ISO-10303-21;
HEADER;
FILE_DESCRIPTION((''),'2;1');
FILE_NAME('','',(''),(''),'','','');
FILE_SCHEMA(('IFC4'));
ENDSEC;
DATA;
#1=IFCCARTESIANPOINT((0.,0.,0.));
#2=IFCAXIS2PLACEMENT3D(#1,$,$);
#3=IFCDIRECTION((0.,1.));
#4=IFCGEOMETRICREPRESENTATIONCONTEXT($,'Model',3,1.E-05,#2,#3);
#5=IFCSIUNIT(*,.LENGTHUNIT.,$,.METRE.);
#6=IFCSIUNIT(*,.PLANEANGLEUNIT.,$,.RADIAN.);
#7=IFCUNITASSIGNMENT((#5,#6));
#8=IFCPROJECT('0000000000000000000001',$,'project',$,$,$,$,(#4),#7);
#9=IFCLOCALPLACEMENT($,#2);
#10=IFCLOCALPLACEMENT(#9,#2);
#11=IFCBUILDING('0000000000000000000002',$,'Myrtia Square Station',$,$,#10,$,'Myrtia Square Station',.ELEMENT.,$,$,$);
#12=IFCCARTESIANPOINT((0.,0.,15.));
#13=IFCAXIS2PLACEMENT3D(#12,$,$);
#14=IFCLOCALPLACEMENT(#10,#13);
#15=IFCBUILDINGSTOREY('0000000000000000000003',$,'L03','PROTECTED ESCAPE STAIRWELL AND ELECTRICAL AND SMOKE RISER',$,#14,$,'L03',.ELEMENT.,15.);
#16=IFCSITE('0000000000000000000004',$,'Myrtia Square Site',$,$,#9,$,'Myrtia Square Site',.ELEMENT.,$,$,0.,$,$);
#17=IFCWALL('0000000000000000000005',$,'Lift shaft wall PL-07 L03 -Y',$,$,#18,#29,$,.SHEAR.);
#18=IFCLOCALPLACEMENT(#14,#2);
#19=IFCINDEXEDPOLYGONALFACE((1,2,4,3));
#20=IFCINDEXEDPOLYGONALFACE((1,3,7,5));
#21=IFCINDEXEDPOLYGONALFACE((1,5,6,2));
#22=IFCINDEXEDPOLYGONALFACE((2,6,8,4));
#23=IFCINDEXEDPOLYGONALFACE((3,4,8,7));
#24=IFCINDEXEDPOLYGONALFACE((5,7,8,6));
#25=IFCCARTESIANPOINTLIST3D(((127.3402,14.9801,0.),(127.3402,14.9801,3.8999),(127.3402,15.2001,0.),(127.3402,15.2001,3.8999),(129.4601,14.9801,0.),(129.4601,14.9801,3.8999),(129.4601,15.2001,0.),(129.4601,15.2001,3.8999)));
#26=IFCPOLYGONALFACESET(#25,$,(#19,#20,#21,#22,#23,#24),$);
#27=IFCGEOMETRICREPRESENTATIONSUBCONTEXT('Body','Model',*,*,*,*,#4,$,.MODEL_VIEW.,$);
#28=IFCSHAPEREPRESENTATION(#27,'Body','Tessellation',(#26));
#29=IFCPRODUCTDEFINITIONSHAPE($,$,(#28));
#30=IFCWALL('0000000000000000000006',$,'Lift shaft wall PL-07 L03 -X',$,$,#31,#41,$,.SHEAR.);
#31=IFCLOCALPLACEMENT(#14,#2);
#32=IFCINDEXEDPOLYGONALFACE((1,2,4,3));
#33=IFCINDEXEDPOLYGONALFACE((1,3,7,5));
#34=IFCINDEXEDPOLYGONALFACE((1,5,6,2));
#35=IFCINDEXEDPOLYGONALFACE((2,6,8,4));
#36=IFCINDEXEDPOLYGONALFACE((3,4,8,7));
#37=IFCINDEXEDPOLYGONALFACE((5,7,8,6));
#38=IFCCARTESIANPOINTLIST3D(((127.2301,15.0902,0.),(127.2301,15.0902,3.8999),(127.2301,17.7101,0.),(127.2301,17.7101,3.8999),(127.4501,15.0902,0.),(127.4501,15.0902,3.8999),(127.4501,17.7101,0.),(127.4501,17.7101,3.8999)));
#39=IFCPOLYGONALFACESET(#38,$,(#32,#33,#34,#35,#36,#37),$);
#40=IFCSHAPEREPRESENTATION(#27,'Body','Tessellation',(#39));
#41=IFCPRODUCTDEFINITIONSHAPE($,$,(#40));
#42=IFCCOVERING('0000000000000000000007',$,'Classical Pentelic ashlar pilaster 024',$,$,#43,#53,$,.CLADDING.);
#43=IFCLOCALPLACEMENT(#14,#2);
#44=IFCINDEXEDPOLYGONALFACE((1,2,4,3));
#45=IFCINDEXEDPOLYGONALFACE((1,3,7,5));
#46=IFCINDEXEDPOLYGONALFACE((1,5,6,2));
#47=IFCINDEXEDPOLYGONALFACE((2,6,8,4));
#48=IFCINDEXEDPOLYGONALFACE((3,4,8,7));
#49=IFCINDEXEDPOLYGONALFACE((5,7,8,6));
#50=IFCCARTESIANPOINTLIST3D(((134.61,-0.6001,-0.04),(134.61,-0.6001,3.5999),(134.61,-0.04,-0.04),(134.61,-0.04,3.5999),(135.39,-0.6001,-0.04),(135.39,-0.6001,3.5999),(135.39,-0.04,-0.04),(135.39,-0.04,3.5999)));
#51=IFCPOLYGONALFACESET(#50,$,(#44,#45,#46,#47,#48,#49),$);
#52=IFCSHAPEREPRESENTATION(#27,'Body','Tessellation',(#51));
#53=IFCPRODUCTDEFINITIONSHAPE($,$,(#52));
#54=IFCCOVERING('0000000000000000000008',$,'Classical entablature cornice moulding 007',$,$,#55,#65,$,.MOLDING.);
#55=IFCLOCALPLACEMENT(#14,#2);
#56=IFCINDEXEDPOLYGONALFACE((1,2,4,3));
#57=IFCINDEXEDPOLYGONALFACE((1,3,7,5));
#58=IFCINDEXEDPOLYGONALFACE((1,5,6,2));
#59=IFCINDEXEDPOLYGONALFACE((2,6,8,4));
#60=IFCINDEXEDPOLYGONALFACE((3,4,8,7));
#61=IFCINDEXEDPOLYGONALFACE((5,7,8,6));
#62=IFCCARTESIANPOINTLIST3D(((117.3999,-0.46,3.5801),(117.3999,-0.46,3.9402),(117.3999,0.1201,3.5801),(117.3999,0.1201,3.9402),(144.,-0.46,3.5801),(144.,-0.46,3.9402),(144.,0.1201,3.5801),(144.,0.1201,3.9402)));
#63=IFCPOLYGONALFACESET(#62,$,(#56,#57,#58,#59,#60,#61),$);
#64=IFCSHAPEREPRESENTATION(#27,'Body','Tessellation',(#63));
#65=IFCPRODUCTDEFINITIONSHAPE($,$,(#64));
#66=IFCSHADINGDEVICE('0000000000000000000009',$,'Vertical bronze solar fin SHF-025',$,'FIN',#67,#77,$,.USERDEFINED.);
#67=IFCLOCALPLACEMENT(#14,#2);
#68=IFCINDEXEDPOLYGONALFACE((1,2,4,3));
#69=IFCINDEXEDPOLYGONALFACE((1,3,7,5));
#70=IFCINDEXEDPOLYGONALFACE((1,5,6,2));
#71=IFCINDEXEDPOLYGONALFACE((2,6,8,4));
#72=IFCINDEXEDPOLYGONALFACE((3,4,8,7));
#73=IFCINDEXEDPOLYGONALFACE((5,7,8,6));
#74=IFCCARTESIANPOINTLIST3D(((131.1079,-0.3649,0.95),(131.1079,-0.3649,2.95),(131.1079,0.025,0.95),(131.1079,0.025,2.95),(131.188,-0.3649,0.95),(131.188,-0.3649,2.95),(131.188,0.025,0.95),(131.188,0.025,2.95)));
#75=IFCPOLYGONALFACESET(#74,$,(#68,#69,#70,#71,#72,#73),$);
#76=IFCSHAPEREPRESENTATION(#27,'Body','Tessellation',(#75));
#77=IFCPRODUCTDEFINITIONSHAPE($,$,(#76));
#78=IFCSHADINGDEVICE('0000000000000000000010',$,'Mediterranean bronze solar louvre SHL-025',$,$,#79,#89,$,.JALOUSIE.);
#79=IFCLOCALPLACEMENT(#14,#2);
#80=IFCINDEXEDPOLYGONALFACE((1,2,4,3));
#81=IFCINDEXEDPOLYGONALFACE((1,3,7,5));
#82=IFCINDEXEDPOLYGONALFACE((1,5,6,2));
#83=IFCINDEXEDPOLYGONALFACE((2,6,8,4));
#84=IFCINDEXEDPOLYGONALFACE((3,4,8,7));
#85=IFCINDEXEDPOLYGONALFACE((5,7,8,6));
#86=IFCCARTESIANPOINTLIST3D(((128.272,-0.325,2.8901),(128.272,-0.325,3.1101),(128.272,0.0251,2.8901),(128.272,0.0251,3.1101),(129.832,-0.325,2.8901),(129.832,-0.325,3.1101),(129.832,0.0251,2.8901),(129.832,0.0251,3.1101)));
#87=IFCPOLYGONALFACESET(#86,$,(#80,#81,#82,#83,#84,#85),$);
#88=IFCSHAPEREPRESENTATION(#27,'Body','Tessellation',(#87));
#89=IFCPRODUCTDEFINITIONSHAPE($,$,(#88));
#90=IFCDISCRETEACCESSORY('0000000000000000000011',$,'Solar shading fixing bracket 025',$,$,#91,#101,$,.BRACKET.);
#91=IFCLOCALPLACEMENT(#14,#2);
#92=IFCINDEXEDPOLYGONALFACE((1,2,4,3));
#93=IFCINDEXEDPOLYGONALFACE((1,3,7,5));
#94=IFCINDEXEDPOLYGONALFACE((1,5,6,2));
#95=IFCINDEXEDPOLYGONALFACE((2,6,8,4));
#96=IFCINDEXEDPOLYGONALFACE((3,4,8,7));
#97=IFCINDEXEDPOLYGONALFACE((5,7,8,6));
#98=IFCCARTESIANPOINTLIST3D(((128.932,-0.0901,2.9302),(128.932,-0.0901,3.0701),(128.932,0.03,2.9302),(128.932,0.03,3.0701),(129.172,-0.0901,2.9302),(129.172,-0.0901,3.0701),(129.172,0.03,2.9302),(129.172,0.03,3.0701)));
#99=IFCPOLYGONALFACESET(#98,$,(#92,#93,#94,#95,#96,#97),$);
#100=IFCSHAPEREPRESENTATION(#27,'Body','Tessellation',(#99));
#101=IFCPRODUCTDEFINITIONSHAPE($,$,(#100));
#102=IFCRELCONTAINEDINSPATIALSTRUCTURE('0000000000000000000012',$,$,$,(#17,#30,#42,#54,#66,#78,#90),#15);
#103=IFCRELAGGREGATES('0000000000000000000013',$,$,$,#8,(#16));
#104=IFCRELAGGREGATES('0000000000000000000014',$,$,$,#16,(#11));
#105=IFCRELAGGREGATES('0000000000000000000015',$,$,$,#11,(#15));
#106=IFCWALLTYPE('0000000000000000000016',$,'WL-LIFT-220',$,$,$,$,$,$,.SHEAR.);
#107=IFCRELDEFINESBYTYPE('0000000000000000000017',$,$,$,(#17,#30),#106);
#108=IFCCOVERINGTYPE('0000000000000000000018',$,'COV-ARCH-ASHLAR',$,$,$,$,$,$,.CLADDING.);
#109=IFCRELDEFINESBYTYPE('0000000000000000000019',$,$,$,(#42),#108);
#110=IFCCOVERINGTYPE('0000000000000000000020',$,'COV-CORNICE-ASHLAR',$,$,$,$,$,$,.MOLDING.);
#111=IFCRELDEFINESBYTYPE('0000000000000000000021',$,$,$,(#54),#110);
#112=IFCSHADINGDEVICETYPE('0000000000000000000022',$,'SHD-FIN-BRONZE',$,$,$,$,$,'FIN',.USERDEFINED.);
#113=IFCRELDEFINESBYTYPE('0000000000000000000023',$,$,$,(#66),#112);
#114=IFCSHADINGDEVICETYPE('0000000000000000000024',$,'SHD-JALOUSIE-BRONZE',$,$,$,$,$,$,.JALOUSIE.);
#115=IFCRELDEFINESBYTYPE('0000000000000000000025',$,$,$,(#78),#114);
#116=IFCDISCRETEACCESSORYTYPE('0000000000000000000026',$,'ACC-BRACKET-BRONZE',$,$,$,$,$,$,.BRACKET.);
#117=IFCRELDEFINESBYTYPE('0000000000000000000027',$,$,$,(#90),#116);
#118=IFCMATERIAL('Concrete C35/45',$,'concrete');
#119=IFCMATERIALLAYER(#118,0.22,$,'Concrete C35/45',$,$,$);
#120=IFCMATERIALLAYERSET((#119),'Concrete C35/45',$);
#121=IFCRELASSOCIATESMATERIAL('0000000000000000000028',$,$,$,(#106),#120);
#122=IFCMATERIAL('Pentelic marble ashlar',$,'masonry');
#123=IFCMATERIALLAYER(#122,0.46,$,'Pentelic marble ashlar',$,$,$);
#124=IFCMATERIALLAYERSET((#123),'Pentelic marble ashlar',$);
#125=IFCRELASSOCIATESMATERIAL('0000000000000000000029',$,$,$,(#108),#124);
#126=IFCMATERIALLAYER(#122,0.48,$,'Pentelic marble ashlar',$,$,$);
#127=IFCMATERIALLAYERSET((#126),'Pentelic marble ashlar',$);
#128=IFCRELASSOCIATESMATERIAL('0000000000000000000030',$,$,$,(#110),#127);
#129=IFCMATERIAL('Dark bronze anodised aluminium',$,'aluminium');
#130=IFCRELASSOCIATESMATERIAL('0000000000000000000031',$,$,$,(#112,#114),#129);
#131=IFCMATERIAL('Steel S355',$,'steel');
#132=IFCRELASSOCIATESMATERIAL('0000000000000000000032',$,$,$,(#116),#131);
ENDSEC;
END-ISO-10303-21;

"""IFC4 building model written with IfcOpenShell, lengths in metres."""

from ifc_helpers import new_model, si_unit, direction, frame, frame_2d, origin, origin_2d, place, context, subcontext, project, spatial, rectangle, extrude, material, layer, layer_set, type_object, element, save


model = new_model("IFC4")

# Units and contexts
model_context = context("Model", 3, precision=1e-05, world=origin(), true_north=direction((0.0, 1.0)))
body_context = subcontext(model_context, "Body", "Model", "MODEL_VIEW")
ifc_project = project(units=[si_unit("LENGTHUNIT", "METRE"), si_unit("PLANEANGLEUNIT", "RADIAN")], contexts=[model_context])

# Site, building, storey
site_placement = place(None, origin())
site = spatial("IfcSite", under=ifc_project, at=site_placement, Name="Myrtia Square Site", LongName="Myrtia Square Site", CompositionType="ELEMENT", RefElevation=0.0)
building_placement = place(site_placement, origin())
building = spatial("IfcBuilding", under=site, at=building_placement, Name="Myrtia Square Station", LongName="Myrtia Square Station", CompositionType="ELEMENT")
storey_placement = place(building_placement, frame((0.0, 0.0, 15.0)))
storey = spatial("IfcBuildingStorey", under=building, at=storey_placement, Name="L03", Description="PROTECTED ESCAPE STAIRWELL AND ELECTRICAL AND SMOKE RISER", LongName="L03", CompositionType="ELEMENT", Elevation=15.0)

# Shared definitions
ifc_material_1 = material(Name="Steel S355", Category="steel")

# Shared definitions
ifc_material_2 = material(Name="Concrete C35/45", Category="concrete")

# Walls
ifc_layer_1 = layer(ifc_material_2, 0.22, Name="Concrete C35/45")
ifc_layer_set_1 = layer_set([ifc_layer_1], Name="Concrete C35/45")
wall_type_1 = type_object("IfcWallType", Name="WL-LIFT-220", PredefinedType="SHEAR", material=ifc_layer_set_1)
wall_1_placement = place(storey_placement, frame((127.3401, 15.0901, 0.0), z_axis=(0.0, 0.0, 1.0), x_axis=(1.0, 0.0, 0.0)))
element("IfcWall", 1, at=wall_1_placement, inside=storey, type_object=wall_type_1, Name="Lift shaft wall PL-07 L03 -Y", PredefinedType="SHEAR", context=body_context, shape_type="SweptSolid", body=[
    extrude(rectangle(XDim=2.1199, YDim=0.22, at=frame_2d((1.0601, 0.0))), origin(), (0.0, 0.0, 1.0), 3.8999),
])
wall_2_placement = place(storey_placement, frame((127.3401, 15.0901, 0.0), z_axis=(0.0, 0.0, 1.0), x_axis=(0.0, 1.0, 0.0)))
element("IfcWall", 2, at=wall_2_placement, inside=storey, type_object=wall_type_1, Name="Lift shaft wall PL-07 L03 -X", PredefinedType="SHEAR", context=body_context, shape_type="SweptSolid", body=[
    extrude(rectangle(XDim=2.6199, YDim=0.22, at=frame_2d((1.3101, 0.0))), origin(), (0.0, 0.0, 1.0), 3.8999),
])

# Coverings
ifc_material_3 = material(Name="Pentelic marble ashlar", Category="masonry")
ifc_layer_2 = layer(ifc_material_3, 0.46, Name="Pentelic marble ashlar")
ifc_layer_set_2 = layer_set([ifc_layer_2], Name="Pentelic marble ashlar")
covering_type_1 = type_object("IfcCoveringType", Name="COV-ARCH-ASHLAR", PredefinedType="CLADDING", material=ifc_layer_set_2)
covering_1_placement = place(storey_placement, frame((135.0, -0.3201, -0.04), z_axis=(0.0, 0.0, 1.0), x_axis=(1.0, 0.0, 0.0)))
element("IfcCovering", 3, at=covering_1_placement, inside=storey, type_object=covering_type_1, Name="Classical Pentelic ashlar pilaster 024", PredefinedType="CLADDING", context=body_context, shape_type="SweptSolid", body=[
    extrude(rectangle(XDim=0.78, YDim=0.5601, at=origin_2d()), origin(), (0.0, 0.0, 1.0), 3.6399),
])
ifc_layer_3 = layer(ifc_material_3, 0.48, Name="Pentelic marble ashlar")
ifc_layer_set_3 = layer_set([ifc_layer_3], Name="Pentelic marble ashlar")
covering_type_2 = type_object("IfcCoveringType", Name="COV-CORNICE-ASHLAR", PredefinedType="MOLDING", material=ifc_layer_set_3)
covering_2_placement = place(storey_placement, frame((130.7, -0.1699, 3.5801), z_axis=(0.0, 0.0, 1.0), x_axis=(1.0, 0.0, 0.0)))
element("IfcCovering", 4, at=covering_2_placement, inside=storey, type_object=covering_type_2, Name="Classical entablature cornice moulding 007", PredefinedType="MOLDING", context=body_context, shape_type="SweptSolid", body=[
    extrude(rectangle(XDim=26.6001, YDim=0.5801, at=origin_2d()), origin(), (0.0, 0.0, 1.0), 0.3601),
])

# Shading devices
ifc_material_4 = material(Name="Dark bronze anodised aluminium", Category="aluminium")
shading_device_type_1 = type_object("IfcShadingDeviceType", Name="SHD-FIN-BRONZE", ElementType="FIN", PredefinedType="USERDEFINED", material=ifc_material_4)
shading_device_1_placement = place(storey_placement, frame((131.1479, -0.1699, 0.95), z_axis=(0.0, 0.0, 1.0), x_axis=(1.0, 0.0, 0.0)))
element("IfcShadingDevice", 5, at=shading_device_1_placement, inside=storey, type_object=shading_device_type_1, Name="Vertical bronze solar fin SHF-025", ObjectType="FIN", PredefinedType="USERDEFINED", context=body_context, shape_type="SweptSolid", body=[
    extrude(rectangle(XDim=0.0801, YDim=0.3899, at=origin_2d()), origin(), (0.0, 0.0, 1.0), 2.0),
])
shading_device_type_2 = type_object("IfcShadingDeviceType", Name="SHD-JALOUSIE-BRONZE", PredefinedType="JALOUSIE", material=ifc_material_4)
shading_device_2_placement = place(storey_placement, frame((129.052, -0.1499, 2.8901), z_axis=(0.0, 0.0, 1.0), x_axis=(1.0, 0.0, 0.0)))
element("IfcShadingDevice", 6, at=shading_device_2_placement, inside=storey, type_object=shading_device_type_2, Name="Mediterranean bronze solar louvre SHL-025", PredefinedType="JALOUSIE", context=body_context, shape_type="SweptSolid", body=[
    extrude(rectangle(XDim=1.5601, YDim=0.3501, at=origin_2d()), origin(), (0.0, 0.0, 1.0), 0.22),
])

# Discrete accessory
discrete_accessory_type = type_object("IfcDiscreteAccessoryType", Name="ACC-BRACKET-BRONZE", PredefinedType="BRACKET", material=ifc_material_1)
discrete_accessory_placement = place(storey_placement, frame((129.052, -0.03, 2.9302), z_axis=(0.0, 0.0, 1.0), x_axis=(1.0, 0.0, 0.0)))
element("IfcDiscreteAccessory", 7, at=discrete_accessory_placement, inside=storey, type_object=discrete_accessory_type, Name="Solar shading fixing bracket 025", PredefinedType="BRACKET", context=body_context, shape_type="SweptSolid", body=[
    extrude(rectangle(XDim=0.24, YDim=0.1201, at=origin_2d()), origin(), (0.0, 0.0, 1.0), 0.1399),
])

save(model, "model.ifc")
